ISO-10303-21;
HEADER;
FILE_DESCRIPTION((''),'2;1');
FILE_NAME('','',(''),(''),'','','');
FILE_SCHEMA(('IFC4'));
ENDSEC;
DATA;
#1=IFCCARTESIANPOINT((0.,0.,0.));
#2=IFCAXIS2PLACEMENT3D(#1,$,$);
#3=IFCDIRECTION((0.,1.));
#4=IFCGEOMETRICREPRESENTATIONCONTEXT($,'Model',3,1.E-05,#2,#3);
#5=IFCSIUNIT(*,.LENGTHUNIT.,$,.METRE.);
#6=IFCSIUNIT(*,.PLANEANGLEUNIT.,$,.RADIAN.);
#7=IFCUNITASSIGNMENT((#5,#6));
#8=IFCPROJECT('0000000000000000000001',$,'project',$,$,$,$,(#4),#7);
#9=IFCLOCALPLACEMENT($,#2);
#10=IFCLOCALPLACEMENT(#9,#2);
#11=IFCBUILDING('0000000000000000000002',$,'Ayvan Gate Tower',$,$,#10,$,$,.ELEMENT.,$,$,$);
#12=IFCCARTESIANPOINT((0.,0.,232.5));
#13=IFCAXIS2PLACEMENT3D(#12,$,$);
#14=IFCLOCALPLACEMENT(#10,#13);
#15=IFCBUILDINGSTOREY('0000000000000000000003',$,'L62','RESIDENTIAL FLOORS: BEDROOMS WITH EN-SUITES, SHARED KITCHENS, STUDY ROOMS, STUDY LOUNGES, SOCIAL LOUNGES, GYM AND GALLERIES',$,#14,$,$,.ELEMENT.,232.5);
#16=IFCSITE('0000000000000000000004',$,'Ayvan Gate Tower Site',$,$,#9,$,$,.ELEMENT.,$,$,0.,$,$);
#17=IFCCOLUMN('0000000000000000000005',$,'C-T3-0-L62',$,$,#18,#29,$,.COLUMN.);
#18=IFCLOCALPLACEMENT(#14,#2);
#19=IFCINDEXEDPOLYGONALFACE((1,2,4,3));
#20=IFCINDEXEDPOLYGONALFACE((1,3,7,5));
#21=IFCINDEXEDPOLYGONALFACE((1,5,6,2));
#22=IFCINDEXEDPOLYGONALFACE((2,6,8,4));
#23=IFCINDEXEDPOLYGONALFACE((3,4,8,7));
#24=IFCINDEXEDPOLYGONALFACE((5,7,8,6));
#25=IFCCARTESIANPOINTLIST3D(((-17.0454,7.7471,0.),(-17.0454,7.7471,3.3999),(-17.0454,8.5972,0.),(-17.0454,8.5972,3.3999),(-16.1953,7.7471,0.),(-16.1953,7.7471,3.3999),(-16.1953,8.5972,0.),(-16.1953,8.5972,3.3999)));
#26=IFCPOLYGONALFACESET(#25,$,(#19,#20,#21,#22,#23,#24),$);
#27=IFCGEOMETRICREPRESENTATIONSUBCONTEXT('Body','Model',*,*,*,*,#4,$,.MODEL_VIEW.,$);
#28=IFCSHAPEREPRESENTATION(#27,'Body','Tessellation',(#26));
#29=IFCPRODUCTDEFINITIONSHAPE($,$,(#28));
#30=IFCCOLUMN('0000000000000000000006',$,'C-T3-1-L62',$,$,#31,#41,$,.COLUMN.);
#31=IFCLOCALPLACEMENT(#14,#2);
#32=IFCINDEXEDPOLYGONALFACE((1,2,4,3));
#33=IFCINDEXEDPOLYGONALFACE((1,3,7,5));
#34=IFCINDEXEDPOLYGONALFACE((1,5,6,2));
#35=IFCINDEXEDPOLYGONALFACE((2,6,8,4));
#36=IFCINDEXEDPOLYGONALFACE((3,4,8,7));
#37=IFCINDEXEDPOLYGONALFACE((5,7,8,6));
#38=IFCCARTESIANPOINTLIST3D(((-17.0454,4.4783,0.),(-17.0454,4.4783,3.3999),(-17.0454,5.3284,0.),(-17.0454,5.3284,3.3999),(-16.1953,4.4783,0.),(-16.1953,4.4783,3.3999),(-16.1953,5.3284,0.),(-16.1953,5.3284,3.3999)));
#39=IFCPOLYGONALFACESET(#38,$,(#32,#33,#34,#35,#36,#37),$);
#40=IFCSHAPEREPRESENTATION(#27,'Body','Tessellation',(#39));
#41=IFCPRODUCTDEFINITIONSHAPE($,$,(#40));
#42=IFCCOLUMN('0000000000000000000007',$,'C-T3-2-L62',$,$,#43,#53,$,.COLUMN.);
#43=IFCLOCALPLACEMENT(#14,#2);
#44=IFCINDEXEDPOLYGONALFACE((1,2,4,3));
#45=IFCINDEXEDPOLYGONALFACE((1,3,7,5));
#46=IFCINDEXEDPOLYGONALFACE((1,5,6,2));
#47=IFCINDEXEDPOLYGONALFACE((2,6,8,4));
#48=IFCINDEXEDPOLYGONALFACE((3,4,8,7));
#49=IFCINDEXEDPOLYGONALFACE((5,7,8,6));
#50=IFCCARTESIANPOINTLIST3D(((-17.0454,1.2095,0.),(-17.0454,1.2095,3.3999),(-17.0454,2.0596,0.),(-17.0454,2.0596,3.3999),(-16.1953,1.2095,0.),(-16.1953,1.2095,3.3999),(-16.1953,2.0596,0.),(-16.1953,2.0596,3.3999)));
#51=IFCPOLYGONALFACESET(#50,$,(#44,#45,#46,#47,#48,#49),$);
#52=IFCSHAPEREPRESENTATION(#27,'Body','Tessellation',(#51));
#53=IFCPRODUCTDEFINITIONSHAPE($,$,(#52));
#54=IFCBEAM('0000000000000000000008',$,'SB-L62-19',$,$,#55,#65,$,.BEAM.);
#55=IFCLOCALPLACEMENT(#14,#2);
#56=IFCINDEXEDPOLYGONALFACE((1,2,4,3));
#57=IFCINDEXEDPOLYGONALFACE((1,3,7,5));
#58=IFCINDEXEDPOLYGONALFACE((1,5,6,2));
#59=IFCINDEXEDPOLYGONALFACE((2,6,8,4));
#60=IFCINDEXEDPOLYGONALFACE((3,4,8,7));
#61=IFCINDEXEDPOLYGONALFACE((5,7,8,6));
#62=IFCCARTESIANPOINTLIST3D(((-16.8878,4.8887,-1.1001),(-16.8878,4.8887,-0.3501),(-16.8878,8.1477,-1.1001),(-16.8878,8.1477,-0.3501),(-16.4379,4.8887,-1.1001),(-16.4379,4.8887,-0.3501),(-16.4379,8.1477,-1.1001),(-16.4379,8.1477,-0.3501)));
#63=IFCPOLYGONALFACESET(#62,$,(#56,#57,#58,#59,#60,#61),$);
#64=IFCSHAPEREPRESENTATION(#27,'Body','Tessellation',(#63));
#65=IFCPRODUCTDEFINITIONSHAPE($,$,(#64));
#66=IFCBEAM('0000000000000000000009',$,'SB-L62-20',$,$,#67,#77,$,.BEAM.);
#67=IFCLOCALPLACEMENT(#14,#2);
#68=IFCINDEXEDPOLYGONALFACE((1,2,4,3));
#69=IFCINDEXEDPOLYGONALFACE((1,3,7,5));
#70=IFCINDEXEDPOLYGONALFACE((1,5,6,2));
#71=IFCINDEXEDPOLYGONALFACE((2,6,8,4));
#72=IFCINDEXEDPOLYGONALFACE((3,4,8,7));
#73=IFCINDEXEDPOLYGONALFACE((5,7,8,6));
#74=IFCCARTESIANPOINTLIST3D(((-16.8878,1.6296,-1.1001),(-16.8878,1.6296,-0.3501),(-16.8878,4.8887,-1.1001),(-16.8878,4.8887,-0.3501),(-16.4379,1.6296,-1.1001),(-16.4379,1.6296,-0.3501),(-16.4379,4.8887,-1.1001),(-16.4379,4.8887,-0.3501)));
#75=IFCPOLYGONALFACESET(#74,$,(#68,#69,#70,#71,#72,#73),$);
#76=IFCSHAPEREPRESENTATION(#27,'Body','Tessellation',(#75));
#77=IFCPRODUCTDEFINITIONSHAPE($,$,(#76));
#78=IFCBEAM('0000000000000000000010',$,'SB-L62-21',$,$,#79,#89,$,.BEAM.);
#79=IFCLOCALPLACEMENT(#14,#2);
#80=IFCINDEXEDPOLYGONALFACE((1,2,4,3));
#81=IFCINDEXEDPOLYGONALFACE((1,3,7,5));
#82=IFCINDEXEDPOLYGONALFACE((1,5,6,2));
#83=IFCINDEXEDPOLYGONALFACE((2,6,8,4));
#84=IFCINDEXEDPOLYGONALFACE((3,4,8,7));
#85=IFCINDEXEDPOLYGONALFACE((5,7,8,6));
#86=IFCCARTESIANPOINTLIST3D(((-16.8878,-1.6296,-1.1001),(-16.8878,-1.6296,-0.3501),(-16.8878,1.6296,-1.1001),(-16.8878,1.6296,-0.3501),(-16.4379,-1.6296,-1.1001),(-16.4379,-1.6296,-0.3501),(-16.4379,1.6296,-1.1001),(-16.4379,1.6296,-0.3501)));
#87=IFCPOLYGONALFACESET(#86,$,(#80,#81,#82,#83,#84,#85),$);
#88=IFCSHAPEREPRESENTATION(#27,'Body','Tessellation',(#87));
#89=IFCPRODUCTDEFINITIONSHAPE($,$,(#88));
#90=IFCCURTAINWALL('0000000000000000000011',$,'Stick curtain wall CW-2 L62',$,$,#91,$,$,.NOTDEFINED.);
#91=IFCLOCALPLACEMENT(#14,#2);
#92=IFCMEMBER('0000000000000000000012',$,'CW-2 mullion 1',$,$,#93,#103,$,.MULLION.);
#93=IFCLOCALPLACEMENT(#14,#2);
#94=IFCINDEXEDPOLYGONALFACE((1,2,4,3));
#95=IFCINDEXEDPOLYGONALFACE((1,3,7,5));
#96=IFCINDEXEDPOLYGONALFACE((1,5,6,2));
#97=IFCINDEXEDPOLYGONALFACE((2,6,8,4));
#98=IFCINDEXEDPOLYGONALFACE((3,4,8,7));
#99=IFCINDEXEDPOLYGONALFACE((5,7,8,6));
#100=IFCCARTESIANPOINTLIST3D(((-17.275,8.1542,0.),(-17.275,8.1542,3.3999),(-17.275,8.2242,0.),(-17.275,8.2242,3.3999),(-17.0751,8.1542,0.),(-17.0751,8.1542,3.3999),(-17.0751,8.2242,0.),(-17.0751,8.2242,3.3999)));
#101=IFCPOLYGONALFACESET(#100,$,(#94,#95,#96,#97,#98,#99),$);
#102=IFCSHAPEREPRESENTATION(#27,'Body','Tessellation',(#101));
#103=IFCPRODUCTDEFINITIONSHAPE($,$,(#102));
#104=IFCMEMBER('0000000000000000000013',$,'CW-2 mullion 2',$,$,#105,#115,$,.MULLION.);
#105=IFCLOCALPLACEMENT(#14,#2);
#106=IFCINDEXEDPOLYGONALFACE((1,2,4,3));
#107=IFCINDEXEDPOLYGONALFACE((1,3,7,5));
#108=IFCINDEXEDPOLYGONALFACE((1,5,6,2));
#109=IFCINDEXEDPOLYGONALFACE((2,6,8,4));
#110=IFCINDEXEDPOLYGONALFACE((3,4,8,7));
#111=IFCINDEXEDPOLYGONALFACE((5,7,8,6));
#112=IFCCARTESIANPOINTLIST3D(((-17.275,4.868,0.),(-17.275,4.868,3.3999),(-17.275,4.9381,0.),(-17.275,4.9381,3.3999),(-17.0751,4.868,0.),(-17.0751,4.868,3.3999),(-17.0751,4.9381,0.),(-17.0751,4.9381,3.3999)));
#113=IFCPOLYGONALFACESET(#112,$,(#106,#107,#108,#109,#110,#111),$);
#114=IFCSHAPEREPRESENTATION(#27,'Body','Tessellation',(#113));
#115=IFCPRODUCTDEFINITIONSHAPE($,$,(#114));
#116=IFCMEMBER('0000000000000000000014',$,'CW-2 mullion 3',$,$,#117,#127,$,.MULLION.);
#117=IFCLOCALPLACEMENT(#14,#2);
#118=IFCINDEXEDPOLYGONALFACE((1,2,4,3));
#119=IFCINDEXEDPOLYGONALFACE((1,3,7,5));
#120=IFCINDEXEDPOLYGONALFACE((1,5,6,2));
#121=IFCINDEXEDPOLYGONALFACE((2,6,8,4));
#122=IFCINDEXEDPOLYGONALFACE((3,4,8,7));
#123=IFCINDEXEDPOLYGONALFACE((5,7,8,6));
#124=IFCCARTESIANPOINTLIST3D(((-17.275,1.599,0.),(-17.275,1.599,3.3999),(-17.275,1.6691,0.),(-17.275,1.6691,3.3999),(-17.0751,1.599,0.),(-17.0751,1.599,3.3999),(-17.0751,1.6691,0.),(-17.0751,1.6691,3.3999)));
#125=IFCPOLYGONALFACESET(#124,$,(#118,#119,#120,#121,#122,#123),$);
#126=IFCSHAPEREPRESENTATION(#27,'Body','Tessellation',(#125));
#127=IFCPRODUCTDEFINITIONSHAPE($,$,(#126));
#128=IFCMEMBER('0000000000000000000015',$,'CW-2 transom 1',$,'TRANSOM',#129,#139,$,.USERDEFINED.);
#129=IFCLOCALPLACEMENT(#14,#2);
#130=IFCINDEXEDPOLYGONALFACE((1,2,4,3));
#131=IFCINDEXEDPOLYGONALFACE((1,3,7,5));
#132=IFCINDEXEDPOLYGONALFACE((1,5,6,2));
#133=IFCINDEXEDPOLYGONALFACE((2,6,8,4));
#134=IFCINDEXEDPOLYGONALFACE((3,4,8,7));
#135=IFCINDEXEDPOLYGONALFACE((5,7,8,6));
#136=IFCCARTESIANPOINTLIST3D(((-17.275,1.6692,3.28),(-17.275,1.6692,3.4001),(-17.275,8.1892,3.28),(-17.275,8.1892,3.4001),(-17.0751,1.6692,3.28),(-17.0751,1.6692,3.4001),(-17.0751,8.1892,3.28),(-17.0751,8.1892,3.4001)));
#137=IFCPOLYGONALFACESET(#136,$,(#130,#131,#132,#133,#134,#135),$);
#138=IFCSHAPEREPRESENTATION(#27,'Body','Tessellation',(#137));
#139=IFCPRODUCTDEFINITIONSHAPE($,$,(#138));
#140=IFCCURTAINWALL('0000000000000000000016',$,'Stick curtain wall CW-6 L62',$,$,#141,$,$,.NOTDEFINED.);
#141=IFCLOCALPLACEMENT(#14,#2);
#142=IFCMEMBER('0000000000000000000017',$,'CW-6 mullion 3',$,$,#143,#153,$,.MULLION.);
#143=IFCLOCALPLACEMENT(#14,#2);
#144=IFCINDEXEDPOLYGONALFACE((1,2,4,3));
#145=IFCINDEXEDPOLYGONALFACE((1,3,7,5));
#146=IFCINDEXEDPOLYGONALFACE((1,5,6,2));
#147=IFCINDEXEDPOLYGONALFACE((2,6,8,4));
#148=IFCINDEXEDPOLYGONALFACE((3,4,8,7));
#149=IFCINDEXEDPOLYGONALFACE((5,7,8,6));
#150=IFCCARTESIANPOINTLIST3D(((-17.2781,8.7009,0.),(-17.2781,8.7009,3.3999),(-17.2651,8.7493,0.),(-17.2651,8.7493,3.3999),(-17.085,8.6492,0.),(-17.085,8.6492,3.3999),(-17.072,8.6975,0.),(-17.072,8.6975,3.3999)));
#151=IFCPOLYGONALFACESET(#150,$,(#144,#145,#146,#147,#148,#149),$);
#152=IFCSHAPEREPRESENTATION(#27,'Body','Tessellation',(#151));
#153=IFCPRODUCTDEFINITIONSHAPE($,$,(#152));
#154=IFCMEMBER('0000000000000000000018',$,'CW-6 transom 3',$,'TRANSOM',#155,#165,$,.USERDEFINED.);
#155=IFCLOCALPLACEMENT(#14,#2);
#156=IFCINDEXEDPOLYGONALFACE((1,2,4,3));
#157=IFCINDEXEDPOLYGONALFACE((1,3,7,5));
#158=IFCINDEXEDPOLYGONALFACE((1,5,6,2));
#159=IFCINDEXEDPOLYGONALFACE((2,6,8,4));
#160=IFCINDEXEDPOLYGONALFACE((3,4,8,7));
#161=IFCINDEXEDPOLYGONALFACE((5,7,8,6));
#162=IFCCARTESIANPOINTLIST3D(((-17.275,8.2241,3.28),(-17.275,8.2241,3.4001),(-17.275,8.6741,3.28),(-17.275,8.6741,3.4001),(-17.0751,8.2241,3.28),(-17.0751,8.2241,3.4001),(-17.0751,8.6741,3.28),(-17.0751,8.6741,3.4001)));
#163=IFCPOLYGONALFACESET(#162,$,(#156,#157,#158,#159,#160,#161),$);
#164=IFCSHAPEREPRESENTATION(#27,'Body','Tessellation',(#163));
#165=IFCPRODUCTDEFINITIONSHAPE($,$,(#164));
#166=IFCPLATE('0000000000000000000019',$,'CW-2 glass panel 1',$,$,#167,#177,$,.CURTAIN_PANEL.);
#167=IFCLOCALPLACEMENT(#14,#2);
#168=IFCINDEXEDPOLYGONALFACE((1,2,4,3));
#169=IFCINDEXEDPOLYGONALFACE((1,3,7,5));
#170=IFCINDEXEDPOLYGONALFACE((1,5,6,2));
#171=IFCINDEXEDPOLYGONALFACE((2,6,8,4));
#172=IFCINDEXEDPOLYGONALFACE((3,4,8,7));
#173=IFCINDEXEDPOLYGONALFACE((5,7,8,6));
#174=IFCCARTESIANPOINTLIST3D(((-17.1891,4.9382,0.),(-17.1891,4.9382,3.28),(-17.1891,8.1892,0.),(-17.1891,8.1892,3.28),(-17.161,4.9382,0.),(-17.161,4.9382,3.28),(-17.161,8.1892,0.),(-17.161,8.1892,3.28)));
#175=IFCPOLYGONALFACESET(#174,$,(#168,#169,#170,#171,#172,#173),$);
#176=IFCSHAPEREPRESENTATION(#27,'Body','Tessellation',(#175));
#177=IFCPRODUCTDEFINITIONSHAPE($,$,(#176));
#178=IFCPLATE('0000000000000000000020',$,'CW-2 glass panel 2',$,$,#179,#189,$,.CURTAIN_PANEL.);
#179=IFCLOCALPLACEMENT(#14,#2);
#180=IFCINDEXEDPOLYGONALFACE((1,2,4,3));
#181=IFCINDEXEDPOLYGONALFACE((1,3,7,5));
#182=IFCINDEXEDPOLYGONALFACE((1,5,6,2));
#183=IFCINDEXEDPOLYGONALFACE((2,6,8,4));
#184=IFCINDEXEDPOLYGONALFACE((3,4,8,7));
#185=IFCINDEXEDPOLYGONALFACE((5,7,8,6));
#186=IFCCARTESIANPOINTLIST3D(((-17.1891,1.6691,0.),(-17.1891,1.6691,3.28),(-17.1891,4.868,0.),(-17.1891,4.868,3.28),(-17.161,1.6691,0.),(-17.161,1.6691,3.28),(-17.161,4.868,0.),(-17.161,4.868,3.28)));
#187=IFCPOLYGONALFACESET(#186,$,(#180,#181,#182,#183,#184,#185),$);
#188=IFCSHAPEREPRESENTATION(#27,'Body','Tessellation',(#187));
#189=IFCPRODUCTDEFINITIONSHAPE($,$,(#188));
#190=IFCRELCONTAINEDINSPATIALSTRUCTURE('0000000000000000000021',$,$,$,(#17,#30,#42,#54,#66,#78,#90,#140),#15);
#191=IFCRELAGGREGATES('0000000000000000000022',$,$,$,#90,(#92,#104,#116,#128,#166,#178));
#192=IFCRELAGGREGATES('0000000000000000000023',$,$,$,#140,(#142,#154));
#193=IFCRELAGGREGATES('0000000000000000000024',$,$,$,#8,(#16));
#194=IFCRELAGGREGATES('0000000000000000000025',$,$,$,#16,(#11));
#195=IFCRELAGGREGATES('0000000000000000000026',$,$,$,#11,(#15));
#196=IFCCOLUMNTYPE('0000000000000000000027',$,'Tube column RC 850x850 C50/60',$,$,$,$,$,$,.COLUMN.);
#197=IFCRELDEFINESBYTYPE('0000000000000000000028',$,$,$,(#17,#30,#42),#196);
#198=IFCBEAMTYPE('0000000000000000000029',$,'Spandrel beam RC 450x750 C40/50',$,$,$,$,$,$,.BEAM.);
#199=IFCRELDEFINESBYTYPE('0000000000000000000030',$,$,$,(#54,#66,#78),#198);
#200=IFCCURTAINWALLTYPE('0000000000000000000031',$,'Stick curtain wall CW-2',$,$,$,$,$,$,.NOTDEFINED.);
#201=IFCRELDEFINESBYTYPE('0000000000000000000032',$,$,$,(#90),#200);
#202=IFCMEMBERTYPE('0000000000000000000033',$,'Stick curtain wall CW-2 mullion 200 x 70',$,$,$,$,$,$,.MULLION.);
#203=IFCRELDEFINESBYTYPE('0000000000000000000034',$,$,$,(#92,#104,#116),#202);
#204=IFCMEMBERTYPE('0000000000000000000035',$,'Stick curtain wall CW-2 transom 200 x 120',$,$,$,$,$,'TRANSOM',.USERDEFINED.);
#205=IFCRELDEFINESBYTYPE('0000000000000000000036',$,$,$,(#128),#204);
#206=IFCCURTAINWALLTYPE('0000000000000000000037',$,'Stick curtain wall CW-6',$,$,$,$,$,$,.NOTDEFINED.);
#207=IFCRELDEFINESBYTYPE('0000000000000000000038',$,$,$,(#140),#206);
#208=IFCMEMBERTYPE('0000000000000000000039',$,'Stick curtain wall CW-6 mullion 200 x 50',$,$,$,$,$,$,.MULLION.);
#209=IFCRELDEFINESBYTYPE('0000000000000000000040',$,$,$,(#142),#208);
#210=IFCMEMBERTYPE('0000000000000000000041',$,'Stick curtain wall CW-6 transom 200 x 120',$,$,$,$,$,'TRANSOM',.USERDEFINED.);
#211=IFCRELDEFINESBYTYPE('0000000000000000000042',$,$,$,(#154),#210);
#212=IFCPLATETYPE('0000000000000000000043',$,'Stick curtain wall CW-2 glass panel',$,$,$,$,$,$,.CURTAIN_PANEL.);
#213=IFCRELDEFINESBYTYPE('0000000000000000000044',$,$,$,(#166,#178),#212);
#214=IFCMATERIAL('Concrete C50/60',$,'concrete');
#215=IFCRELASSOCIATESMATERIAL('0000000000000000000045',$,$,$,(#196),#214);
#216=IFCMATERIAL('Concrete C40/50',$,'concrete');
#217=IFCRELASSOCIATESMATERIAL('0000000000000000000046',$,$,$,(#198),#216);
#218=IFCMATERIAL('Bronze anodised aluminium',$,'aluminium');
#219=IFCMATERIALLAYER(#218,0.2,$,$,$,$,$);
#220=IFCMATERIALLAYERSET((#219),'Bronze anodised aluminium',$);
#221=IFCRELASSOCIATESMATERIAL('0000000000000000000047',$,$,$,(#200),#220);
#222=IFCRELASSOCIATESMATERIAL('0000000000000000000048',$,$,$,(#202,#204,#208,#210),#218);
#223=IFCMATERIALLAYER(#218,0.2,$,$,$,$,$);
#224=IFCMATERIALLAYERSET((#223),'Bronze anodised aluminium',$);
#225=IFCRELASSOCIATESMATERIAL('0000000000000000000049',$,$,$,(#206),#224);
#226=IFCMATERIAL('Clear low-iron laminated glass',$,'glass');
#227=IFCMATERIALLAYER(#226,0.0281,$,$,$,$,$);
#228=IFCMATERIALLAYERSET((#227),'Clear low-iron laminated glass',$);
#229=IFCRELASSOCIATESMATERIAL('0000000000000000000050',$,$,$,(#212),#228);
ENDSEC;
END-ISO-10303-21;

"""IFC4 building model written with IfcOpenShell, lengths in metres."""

from ifc_helpers import new_model, si_unit, direction, frame, origin, origin_2d, place, context, subcontext, project, spatial, rectangle, extrude, material, layer, layer_set, material_profile, profile_set, type_object, element, aggregate, save


model = new_model("IFC4")

# Units and contexts
model_context = context("Model", 3, precision=1e-05, world=origin(), true_north=direction((0.0, 1.0)))
body_context = subcontext(model_context, "Body", "Model", "MODEL_VIEW")
ifc_project = project(units=[si_unit("LENGTHUNIT", "METRE"), si_unit("PLANEANGLEUNIT", "RADIAN")], contexts=[model_context])

# Site, building, storey
site_placement = place(None, origin())
site = spatial("IfcSite", under=ifc_project, at=site_placement, Name="Ayvan Gate Tower Site", CompositionType="ELEMENT", RefElevation=0.0)
building_placement = place(site_placement, origin())
building = spatial("IfcBuilding", under=site, at=building_placement, Name="Ayvan Gate Tower", CompositionType="ELEMENT")
storey_placement = place(building_placement, frame((0.0, 0.0, 232.5)))
storey = spatial("IfcBuildingStorey", under=building, at=storey_placement, Name="L62", Description="RESIDENTIAL FLOORS: BEDROOMS WITH EN-SUITES, SHARED KITCHENS, STUDY ROOMS, STUDY LOUNGES, SOCIAL LOUNGES, GYM AND GALLERIES", CompositionType="ELEMENT", Elevation=232.5)

# Columns
ifc_material_1 = material(Name="Concrete C50/60", Category="concrete")
ifc_material_profile_1 = material_profile(ifc_material_1, rectangle(XDim=0.8501, YDim=0.8501, at=origin_2d()), Name="RC 850x850")
ifc_profile_set_1 = profile_set([ifc_material_profile_1], Name="Concrete C50/60")
column_type = type_object("IfcColumnType", Name="Tube column RC 850x850 C50/60", PredefinedType="COLUMN", material=ifc_profile_set_1)
for number, where, z_axis, x_axis, name in (
    (1, (-16.6204, 8.1721, 0.0), (0.0, 0.0, 1.0), (-1.0, 0.0, 0.0), "C-T3-0-L62"),
    (2, (-16.6204, 4.9033, 0.0), (0.0, 0.0, 1.0), (-1.0, 0.0, 0.0), "C-T3-1-L62"),
    (3, (-16.6204, 1.6345, 0.0), (0.0, 0.0, 1.0), (-1.0, 0.0, 0.0), "C-T3-2-L62"),
):
    element("IfcColumn", number, at=place(storey_placement, frame(where, z_axis=z_axis, x_axis=x_axis)), inside=storey, type_object=column_type, Name=name, PredefinedType="COLUMN", context=body_context, shape_type="SweptSolid", body=[
        extrude(rectangle(XDim=0.8501, YDim=0.8501, at=origin_2d()), origin(), (0.0, 0.0, 1.0), 3.3999),
    ])

# Beams
ifc_material_2 = material(Name="Concrete C40/50", Category="concrete")
ifc_material_profile_2 = material_profile(ifc_material_2, rectangle(XDim=0.45, YDim=0.75, at=origin_2d()), Name="RC 450x750")
ifc_profile_set_2 = profile_set([ifc_material_profile_2], Name="Concrete C40/50")
beam_type = type_object("IfcBeamType", Name="Spandrel beam RC 450x750 C40/50", PredefinedType="BEAM", material=ifc_profile_set_2)
for number, where, z_axis, x_axis, name in (
    (4, (-16.6628, 8.1477, -0.7251), (0.0, -1.0, 0.0), (1.0, 0.0, 0.0), "SB-L62-19"),
    (5, (-16.6628, 4.8887, -0.7251), (0.0, -1.0, 0.0), (1.0, 0.0, 0.0), "SB-L62-20"),
):
    element("IfcBeam", number, at=place(storey_placement, frame(where, z_axis=z_axis, x_axis=x_axis)), inside=storey, type_object=beam_type, Name=name, PredefinedType="BEAM", context=body_context, shape_type="SweptSolid", body=[
        extrude(rectangle(XDim=0.45, YDim=0.75, at=origin_2d()), origin(), (0.0, 0.0, 1.0), 3.259),
    ])
beam_placement = place(storey_placement, frame((-16.6628, 1.6296, -0.7251), z_axis=(0.0, -1.0, 0.0), x_axis=(1.0, 0.0, 0.0)))
element("IfcBeam", 6, at=beam_placement, inside=storey, type_object=beam_type, Name="SB-L62-21", PredefinedType="BEAM", context=body_context, shape_type="SweptSolid", body=[
    extrude(rectangle(XDim=0.45, YDim=0.75, at=origin_2d()), origin(), (0.0, 0.0, 1.0), 3.2593),
])

# Curtain walls, members
ifc_material_3 = material(Name="Bronze anodised aluminium", Category="aluminium")
ifc_layer_1 = layer(ifc_material_3, 0.2)
ifc_layer_set_1 = layer_set([ifc_layer_1], Name="Bronze anodised aluminium")
curtain_wall_type_1 = type_object("IfcCurtainWallType", Name="Stick curtain wall CW-2", PredefinedType="NOTDEFINED", material=ifc_layer_set_1)
curtain_wall_1_placement = place(storey_placement, origin())
curtain_wall_1 = element("IfcCurtainWall", 7, at=curtain_wall_1_placement, inside=storey, type_object=curtain_wall_type_1, Name="Stick curtain wall CW-2 L62", PredefinedType="NOTDEFINED")
ifc_material_profile_3 = material_profile(ifc_material_3, rectangle(XDim=0.2, YDim=0.0701, at=origin_2d()), Name="Stick curtain wall CW-2 mullion 200 x 70")
ifc_profile_set_3 = profile_set([ifc_material_profile_3], Name="Bronze anodised aluminium")
member_type_1 = type_object("IfcMemberType", Name="Stick curtain wall CW-2 mullion 200 x 70", PredefinedType="MULLION", material=ifc_profile_set_3)
member_1_placement = place(storey_placement, frame((-17.175, 8.1892, 0.0), z_axis=(0.0, 0.0, 1.0), x_axis=(-1.0, 0.0, 0.0)))
member_1 = element("IfcMember", 8, at=member_1_placement, type_object=member_type_1, Name="CW-2 mullion 1", PredefinedType="MULLION", context=body_context, shape_type="SweptSolid", body=[
    extrude(rectangle(XDim=0.2, YDim=0.0701, at=origin_2d()), origin(), (0.0, 0.0, 1.0), 3.3999),
])
member_2_placement = place(storey_placement, frame((-17.175, 4.9031, 0.0), z_axis=(0.0, 0.0, 1.0), x_axis=(-1.0, 0.0, 0.0)))
member_2 = element("IfcMember", 9, at=member_2_placement, type_object=member_type_1, Name="CW-2 mullion 2", PredefinedType="MULLION", context=body_context, shape_type="SweptSolid", body=[
    extrude(rectangle(XDim=0.2, YDim=0.0701, at=origin_2d()), origin(), (0.0, 0.0, 1.0), 3.3999),
])
member_3_placement = place(storey_placement, frame((-17.175, 1.634, 0.0), z_axis=(0.0, 0.0, 1.0), x_axis=(-1.0, 0.0, 0.0)))
member_3 = element("IfcMember", 10, at=member_3_placement, type_object=member_type_1, Name="CW-2 mullion 3", PredefinedType="MULLION", context=body_context, shape_type="SweptSolid", body=[
    extrude(rectangle(XDim=0.2, YDim=0.0701, at=origin_2d()), origin(), (0.0, 0.0, 1.0), 3.3999),
])
ifc_material_profile_4 = material_profile(ifc_material_3, rectangle(XDim=0.2, YDim=0.1201, at=origin_2d()), Name="Stick curtain wall CW-2 transom 200 x 120")
ifc_profile_set_4 = profile_set([ifc_material_profile_4], Name="Bronze anodised aluminium")
member_type_2 = type_object("IfcMemberType", Name="Stick curtain wall CW-2 transom 200 x 120", ElementType="TRANSOM", PredefinedType="USERDEFINED", material=ifc_profile_set_4)
member_4_placement = place(storey_placement, frame((-17.175, 8.1892, 3.3401), z_axis=(0.0, -1.0, 0.0), x_axis=(1.0, 0.0, 0.0)))
member_4 = element("IfcMember", 11, at=member_4_placement, type_object=member_type_2, Name="CW-2 transom 1", ObjectType="TRANSOM", PredefinedType="USERDEFINED", context=body_context, shape_type="SweptSolid", body=[
    extrude(rectangle(XDim=0.2, YDim=0.1201, at=origin_2d()), origin(), (0.0, 0.0, 1.0), 6.52),
])
ifc_layer_2 = layer(ifc_material_3, 0.2)
ifc_layer_set_2 = layer_set([ifc_layer_2], Name="Bronze anodised aluminium")
curtain_wall_type_2 = type_object("IfcCurtainWallType", Name="Stick curtain wall CW-6", PredefinedType="NOTDEFINED", material=ifc_layer_set_2)
curtain_wall_2_placement = place(storey_placement, origin())
curtain_wall_2 = element("IfcCurtainWall", 12, at=curtain_wall_2_placement, inside=storey, type_object=curtain_wall_type_2, Name="Stick curtain wall CW-6 L62", PredefinedType="NOTDEFINED")
ifc_material_profile_5 = material_profile(ifc_material_3, rectangle(XDim=0.2, YDim=0.05, at=origin_2d()), Name="Stick curtain wall CW-6 mullion 200 x 50")
ifc_profile_set_5 = profile_set([ifc_material_profile_5], Name="Bronze anodised aluminium")
member_type_3 = type_object("IfcMemberType", Name="Stick curtain wall CW-6 mullion 200 x 50", PredefinedType="MULLION", material=ifc_profile_set_5)
member_5_placement = place(storey_placement, frame((-17.175, 8.6992, 0.0), z_axis=(0.0, 0.0, 1.0), x_axis=(-0.965926, 0.258819, 0.0)))
member_5 = element("IfcMember", 13, at=member_5_placement, type_object=member_type_3, Name="CW-6 mullion 3", PredefinedType="MULLION", context=body_context, shape_type="SweptSolid", body=[
    extrude(rectangle(XDim=0.2, YDim=0.05, at=origin_2d()), origin(), (0.0, 0.0, 1.0), 3.3999),
])
ifc_material_profile_6 = material_profile(ifc_material_3, rectangle(XDim=0.2, YDim=0.1201, at=origin_2d()), Name="Stick curtain wall CW-6 transom 200 x 120")
ifc_profile_set_6 = profile_set([ifc_material_profile_6], Name="Bronze anodised aluminium")
member_type_4 = type_object("IfcMemberType", Name="Stick curtain wall CW-6 transom 200 x 120", ElementType="TRANSOM", PredefinedType="USERDEFINED", material=ifc_profile_set_6)
member_6_placement = place(storey_placement, frame((-17.175, 8.6741, 3.3401), z_axis=(0.0, -1.0, 0.0), x_axis=(1.0, 0.0, 0.0)))
member_6 = element("IfcMember", 14, at=member_6_placement, type_object=member_type_4, Name="CW-6 transom 3", ObjectType="TRANSOM", PredefinedType="USERDEFINED", context=body_context, shape_type="SweptSolid", body=[
    extrude(rectangle(XDim=0.2, YDim=0.1201, at=origin_2d()), origin(), (0.0, 0.0, 1.0), 0.45),
])

# Plates
ifc_material_4 = material(Name="Clear low-iron laminated glass", Category="glass")
ifc_layer_3 = layer(ifc_material_4, 0.0281)
ifc_layer_set_3 = layer_set([ifc_layer_3], Name="Clear low-iron laminated glass")
plate_type_1 = type_object("IfcPlateType", Name="Stick curtain wall CW-2 glass panel", PredefinedType="CURTAIN_PANEL", material=ifc_layer_set_3)
plate_1_placement = place(storey_placement, frame((-17.175, 6.5637, 0.0), z_axis=(0.0, 0.0, 1.0), x_axis=(0.0, -1.0, 0.0)))
plate_1 = element("IfcPlate", 15, at=plate_1_placement, type_object=plate_type_1, Name="CW-2 glass panel 1", PredefinedType="CURTAIN_PANEL", context=body_context, shape_type="SweptSolid", body=[
    extrude(rectangle(XDim=3.251, YDim=0.0281, at=origin_2d()), origin(), (0.0, 0.0, 1.0), 3.28),
])
plate_2_placement = place(storey_placement, frame((-17.175, 3.2686, 0.0), z_axis=(0.0, 0.0, 1.0), x_axis=(0.0, -1.0, 0.0)))
plate_2 = element("IfcPlate", 16, at=plate_2_placement, type_object=plate_type_1, Name="CW-2 glass panel 2", PredefinedType="CURTAIN_PANEL", context=body_context, shape_type="SweptSolid", body=[
    extrude(rectangle(XDim=3.199, YDim=0.0281, at=origin_2d()), origin(), (0.0, 0.0, 1.0), 3.28),
])
aggregate(curtain_wall_1, [member_1, member_2, member_3, member_4, plate_1, plate_2])
aggregate(curtain_wall_2, [member_5, member_6])

save(model, "model.ifc")
